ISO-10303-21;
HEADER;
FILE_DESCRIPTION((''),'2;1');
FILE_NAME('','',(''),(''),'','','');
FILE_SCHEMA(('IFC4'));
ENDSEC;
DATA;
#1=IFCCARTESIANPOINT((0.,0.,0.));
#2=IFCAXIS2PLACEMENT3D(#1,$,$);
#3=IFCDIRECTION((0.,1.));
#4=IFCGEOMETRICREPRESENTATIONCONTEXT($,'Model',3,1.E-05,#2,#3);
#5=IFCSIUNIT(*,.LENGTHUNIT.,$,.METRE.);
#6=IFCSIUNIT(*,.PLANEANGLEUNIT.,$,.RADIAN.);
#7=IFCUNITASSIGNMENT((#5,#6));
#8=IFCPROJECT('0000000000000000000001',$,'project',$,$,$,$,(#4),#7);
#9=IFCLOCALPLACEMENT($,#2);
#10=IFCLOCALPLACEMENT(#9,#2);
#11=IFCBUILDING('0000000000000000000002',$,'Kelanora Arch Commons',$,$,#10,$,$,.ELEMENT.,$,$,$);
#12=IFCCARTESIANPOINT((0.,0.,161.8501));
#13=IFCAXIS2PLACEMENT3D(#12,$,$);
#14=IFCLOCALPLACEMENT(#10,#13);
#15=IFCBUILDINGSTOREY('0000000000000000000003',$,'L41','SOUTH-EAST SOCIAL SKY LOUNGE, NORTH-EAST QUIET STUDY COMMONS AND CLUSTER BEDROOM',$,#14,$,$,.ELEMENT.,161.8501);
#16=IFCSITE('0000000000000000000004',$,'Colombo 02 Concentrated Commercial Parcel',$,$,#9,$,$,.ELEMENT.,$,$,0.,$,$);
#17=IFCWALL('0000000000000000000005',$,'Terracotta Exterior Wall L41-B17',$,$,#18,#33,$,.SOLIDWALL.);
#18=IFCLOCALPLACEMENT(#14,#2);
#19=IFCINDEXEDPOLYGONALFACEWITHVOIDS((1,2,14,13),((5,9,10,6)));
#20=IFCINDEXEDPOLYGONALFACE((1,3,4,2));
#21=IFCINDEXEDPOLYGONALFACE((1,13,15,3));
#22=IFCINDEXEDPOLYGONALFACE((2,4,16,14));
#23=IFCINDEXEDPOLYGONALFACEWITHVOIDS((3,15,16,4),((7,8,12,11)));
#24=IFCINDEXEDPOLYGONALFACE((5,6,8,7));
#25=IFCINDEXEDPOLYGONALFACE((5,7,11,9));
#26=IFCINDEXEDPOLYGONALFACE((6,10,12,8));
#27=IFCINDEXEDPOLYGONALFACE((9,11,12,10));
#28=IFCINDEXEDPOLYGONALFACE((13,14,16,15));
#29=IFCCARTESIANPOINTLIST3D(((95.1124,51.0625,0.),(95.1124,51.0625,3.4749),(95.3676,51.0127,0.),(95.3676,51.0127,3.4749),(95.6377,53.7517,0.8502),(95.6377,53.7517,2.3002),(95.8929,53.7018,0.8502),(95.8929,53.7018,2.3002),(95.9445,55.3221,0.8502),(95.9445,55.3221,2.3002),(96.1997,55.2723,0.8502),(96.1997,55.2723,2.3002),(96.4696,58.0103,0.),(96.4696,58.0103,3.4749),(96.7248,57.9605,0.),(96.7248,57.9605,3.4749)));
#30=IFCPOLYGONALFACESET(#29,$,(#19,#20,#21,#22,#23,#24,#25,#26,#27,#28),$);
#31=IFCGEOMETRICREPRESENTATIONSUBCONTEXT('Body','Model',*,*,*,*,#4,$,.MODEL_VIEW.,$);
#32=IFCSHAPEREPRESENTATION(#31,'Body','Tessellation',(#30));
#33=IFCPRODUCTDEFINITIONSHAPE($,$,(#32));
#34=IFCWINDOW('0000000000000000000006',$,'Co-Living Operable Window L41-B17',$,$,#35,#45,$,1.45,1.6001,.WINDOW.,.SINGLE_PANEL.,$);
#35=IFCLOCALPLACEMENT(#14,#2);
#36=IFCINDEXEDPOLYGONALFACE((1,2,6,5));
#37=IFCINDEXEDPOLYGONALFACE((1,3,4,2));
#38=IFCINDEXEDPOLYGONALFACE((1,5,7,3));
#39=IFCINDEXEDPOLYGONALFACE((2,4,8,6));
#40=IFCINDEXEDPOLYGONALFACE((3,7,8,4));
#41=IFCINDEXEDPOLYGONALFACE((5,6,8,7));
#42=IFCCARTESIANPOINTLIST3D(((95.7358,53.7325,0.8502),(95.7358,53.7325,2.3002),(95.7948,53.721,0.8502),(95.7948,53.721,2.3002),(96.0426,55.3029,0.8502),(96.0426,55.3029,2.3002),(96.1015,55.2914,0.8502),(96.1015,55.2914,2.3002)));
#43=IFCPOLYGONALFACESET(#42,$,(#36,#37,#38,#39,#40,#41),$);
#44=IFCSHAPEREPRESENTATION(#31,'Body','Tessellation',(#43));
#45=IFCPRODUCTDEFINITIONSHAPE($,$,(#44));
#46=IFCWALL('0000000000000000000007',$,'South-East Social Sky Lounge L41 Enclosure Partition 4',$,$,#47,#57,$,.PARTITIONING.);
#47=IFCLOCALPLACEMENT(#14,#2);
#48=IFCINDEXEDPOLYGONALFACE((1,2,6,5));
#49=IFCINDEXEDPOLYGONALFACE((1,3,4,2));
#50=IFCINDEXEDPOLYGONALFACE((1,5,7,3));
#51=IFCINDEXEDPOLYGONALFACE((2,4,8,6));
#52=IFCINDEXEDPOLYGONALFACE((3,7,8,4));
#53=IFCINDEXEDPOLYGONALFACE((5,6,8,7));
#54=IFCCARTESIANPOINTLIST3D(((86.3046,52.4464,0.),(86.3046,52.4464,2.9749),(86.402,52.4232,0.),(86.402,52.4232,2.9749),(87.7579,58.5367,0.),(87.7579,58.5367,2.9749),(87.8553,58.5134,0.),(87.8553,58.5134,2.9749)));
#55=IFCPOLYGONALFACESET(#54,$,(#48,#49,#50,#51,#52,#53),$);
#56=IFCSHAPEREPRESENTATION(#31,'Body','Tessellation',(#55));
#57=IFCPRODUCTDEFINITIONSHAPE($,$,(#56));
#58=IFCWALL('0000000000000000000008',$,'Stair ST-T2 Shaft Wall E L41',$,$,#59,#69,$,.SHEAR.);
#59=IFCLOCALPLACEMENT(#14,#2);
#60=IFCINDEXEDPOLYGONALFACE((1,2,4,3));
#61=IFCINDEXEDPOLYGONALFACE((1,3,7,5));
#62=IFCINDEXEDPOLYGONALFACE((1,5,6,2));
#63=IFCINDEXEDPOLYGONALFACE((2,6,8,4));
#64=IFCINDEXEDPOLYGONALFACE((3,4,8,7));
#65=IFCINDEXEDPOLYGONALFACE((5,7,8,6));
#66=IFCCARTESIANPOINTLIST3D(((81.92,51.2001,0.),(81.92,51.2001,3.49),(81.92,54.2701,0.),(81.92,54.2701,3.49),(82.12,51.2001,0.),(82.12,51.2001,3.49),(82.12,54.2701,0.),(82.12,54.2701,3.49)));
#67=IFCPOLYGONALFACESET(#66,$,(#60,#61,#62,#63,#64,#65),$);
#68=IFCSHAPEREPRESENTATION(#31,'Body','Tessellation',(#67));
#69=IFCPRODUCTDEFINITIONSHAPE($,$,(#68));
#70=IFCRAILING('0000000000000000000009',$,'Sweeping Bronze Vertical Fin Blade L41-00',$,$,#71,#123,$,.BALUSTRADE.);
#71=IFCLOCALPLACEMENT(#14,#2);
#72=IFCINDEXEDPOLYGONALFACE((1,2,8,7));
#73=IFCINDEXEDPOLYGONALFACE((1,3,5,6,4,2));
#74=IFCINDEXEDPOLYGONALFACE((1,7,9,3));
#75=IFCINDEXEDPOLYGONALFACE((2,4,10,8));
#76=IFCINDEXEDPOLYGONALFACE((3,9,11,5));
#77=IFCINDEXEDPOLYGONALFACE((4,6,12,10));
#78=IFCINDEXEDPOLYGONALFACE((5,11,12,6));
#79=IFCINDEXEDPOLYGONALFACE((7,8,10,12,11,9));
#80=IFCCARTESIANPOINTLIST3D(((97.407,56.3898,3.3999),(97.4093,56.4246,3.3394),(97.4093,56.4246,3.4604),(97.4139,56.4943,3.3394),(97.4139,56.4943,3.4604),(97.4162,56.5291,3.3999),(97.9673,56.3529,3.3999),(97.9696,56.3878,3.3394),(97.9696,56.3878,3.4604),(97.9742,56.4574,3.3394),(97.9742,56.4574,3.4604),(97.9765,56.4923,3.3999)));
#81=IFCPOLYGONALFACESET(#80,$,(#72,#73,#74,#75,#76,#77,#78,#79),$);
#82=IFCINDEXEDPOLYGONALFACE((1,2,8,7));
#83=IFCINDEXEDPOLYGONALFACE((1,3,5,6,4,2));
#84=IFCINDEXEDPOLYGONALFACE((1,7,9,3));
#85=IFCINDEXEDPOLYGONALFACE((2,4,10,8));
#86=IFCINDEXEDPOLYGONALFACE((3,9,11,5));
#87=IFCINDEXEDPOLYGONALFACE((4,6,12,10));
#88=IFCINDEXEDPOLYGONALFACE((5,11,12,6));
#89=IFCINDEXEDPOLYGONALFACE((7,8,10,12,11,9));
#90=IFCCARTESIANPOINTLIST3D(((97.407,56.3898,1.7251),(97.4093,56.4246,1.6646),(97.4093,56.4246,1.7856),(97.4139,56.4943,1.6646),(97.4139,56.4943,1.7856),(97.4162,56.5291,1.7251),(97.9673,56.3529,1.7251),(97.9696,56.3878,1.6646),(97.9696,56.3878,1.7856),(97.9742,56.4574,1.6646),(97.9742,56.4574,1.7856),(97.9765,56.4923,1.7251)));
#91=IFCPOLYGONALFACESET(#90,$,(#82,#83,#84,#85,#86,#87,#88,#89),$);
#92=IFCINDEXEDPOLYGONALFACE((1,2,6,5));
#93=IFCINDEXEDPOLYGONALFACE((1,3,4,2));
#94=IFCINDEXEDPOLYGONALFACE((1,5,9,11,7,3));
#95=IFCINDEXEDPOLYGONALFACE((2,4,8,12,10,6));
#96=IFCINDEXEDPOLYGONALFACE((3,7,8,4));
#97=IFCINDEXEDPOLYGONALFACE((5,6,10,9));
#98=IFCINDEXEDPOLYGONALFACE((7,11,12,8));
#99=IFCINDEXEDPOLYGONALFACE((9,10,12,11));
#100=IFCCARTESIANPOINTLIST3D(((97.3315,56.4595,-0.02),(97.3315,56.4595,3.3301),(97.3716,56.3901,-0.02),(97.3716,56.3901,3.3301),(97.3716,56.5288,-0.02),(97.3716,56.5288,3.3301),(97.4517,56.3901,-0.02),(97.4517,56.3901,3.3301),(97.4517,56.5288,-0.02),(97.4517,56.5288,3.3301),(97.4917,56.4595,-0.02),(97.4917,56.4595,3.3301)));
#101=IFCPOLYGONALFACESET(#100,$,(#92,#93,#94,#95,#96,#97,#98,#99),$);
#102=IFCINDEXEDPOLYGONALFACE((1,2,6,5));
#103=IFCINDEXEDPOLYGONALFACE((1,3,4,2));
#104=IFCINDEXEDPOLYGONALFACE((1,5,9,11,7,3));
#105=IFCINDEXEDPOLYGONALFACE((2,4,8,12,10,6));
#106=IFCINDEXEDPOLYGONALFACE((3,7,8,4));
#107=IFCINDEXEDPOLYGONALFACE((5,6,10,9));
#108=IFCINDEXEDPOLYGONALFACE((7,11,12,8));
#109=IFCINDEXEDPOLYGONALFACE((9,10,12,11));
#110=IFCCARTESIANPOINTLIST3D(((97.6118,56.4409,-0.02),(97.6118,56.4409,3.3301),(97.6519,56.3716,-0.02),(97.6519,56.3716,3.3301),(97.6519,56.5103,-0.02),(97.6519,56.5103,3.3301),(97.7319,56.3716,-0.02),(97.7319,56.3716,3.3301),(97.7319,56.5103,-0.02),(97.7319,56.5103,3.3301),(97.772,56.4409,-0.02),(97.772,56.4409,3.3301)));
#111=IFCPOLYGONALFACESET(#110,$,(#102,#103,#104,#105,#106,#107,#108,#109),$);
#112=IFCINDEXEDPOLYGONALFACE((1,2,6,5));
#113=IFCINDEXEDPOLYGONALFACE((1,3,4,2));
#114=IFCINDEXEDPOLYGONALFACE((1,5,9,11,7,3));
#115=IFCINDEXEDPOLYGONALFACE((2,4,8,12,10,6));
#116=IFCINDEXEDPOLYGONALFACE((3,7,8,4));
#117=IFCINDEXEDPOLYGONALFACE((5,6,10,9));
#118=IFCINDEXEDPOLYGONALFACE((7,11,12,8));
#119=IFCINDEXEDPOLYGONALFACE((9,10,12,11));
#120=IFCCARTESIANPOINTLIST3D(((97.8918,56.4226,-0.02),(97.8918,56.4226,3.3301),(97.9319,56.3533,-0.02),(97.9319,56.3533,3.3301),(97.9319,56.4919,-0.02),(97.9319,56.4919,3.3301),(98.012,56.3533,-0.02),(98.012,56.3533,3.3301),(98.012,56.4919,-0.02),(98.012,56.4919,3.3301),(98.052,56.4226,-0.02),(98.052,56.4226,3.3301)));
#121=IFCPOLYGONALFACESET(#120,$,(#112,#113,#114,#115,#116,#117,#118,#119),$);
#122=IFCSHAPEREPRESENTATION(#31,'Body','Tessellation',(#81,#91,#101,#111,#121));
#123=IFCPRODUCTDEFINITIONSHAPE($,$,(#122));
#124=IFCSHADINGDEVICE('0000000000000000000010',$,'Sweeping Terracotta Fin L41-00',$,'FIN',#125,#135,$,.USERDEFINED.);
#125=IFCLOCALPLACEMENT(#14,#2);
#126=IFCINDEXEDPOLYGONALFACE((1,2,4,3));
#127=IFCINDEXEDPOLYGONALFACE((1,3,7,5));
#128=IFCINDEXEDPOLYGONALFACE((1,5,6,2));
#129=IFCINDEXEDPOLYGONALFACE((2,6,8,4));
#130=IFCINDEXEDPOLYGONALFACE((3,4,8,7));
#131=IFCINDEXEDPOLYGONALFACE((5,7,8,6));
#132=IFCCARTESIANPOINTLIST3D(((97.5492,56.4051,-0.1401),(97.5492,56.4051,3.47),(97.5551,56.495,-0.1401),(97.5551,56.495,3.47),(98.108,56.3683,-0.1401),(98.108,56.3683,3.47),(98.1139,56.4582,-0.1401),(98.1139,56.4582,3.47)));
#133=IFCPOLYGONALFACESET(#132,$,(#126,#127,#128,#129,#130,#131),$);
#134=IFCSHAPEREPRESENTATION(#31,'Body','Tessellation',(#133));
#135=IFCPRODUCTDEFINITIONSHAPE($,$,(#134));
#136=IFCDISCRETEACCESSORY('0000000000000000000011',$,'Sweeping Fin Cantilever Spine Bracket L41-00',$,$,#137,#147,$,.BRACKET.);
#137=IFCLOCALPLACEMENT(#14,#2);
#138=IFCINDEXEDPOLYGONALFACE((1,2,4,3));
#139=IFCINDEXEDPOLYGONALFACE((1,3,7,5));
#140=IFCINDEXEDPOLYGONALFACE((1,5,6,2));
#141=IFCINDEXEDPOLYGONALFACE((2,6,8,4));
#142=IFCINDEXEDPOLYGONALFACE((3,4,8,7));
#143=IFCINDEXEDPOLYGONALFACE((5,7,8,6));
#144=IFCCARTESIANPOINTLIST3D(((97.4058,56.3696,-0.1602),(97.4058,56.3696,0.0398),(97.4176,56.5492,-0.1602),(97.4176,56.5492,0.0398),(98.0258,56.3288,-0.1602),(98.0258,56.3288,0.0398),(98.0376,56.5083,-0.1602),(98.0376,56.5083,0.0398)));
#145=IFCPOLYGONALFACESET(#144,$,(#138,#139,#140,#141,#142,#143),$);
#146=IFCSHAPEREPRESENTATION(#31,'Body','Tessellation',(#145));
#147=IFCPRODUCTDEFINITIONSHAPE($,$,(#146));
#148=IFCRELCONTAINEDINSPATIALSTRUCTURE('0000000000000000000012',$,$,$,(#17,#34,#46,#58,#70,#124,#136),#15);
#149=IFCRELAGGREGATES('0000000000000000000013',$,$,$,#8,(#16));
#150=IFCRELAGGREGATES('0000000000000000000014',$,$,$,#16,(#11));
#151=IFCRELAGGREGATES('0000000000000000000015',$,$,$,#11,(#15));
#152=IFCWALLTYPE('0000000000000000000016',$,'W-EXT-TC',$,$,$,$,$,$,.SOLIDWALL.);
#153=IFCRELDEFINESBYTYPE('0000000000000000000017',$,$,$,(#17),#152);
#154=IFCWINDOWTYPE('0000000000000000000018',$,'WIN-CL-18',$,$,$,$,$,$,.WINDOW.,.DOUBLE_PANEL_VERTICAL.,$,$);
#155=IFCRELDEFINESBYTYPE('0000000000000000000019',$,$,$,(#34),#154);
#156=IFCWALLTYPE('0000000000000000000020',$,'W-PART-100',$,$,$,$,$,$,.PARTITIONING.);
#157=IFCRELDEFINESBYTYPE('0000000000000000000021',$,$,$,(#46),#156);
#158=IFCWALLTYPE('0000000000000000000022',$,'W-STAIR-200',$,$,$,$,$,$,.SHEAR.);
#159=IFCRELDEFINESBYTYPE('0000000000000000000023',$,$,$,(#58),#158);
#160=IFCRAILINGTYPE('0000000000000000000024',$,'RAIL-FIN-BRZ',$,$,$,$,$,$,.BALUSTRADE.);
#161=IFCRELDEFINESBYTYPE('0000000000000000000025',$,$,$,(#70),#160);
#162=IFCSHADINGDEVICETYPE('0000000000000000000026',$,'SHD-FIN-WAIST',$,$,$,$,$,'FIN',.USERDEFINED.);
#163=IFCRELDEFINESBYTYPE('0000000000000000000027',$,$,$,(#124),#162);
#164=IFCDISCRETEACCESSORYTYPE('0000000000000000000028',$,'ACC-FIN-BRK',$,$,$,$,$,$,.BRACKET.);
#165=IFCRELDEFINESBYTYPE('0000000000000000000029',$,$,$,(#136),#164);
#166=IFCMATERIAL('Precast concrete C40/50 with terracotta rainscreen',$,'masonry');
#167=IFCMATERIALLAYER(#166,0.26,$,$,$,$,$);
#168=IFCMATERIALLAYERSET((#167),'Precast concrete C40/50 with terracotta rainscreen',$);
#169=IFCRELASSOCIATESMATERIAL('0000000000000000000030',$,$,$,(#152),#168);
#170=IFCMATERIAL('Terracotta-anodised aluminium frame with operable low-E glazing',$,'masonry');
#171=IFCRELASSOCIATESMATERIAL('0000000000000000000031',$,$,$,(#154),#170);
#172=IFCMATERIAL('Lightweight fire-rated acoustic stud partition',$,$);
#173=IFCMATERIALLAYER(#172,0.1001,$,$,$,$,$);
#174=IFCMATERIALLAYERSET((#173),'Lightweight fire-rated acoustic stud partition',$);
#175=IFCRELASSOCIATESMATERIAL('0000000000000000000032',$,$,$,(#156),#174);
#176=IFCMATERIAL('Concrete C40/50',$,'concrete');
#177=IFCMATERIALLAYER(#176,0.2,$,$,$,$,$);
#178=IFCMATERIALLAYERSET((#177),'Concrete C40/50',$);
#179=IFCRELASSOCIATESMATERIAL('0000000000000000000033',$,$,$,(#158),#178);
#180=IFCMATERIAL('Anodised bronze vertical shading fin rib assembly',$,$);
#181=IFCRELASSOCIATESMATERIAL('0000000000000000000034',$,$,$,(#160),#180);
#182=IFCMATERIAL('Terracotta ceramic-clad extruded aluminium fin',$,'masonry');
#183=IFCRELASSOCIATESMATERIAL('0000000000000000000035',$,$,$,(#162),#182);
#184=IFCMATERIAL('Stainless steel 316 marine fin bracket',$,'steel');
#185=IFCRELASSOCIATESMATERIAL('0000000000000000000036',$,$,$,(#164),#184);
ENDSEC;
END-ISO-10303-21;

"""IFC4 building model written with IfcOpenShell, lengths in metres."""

from ifc_helpers import new_model, si_unit, direction, frame, frame_2d, origin, origin_2d, place, context, subcontext, project, spatial, polyline, rectangle, outline, extrude, source, transform, mapped, material, layer, layer_set, type_object, element, fill, save


model = new_model("IFC4")

# Units and contexts
model_context = context("Model", 3, precision=1e-05, world=origin(), true_north=direction((0.0, 1.0)))
body_context = subcontext(model_context, "Body", "Model", "MODEL_VIEW")
ifc_project = project(units=[si_unit("LENGTHUNIT", "METRE"), si_unit("PLANEANGLEUNIT", "RADIAN")], contexts=[model_context])

# Site, building, storey
site_placement = place(None, origin())
site = spatial("IfcSite", under=ifc_project, at=site_placement, Name="Colombo 02 Concentrated Commercial Parcel", CompositionType="ELEMENT", RefElevation=0.0)
building_placement = place(site_placement, origin())
building = spatial("IfcBuilding", under=site, at=building_placement, Name="Kelanora Arch Commons", CompositionType="ELEMENT")
storey_placement = place(building_placement, frame((0.0, 0.0, 161.8501)))
storey = spatial("IfcBuildingStorey", under=building, at=storey_placement, Name="L41", Description="SOUTH-EAST SOCIAL SKY LOUNGE, NORTH-EAST QUIET STUDY COMMONS AND CLUSTER BEDROOM", CompositionType="ELEMENT", Elevation=161.8501)

# Wall, opening, window
ifc_material_1 = material(Name="Precast concrete C40/50 with terracotta rainscreen", Category="masonry")
ifc_layer_1 = layer(ifc_material_1, 0.26)
ifc_layer_set_1 = layer_set([ifc_layer_1], Name="Precast concrete C40/50 with terracotta rainscreen")
wall_type_1 = type_object("IfcWallType", Name="W-EXT-TC", PredefinedType="SOLIDWALL", material=ifc_layer_set_1)
wall_1_placement = place(storey_placement, frame((95.24, 51.0376, 0.0), z_axis=(0.0, 0.0, 1.0), x_axis=(0.191717, 0.98145, 0.0)))
wall_1 = element("IfcWall", 1, at=wall_1_placement, inside=storey, type_object=wall_type_1, Name="Terracotta Exterior Wall L41-B17", PredefinedType="SOLIDWALL", context=body_context, shape_type="SweptSolid", body=[
    extrude(rectangle(XDim=7.0791, YDim=0.26, at=frame_2d((3.5396, 0.0))), origin(), (0.0, 0.0, 1.0), 3.4749),
])
opening_placement = place(wall_1_placement, frame((2.74, 0.0, 0.8501)))
opening = element("IfcOpeningElement", 2, at=opening_placement, cuts=wall_1, PredefinedType="OPENING", context=body_context, shape_type="SweptSolid", body=[
    extrude(rectangle(XDim=1.6001, YDim=1.45, at=frame_2d((0.8, 0.7251))), frame((0.0, 0.1401, 0.0), z_axis=(0.0, -1.0, 0.0), x_axis=(1.0, 0.0, 0.0)), (0.0, 0.0, 1.0), 0.28),
])
ifc_material_2 = material(Name="Terracotta-anodised aluminium frame with operable low-E glazing", Category="masonry")
window_type = type_object("IfcWindowType", Name="WIN-CL-18", PartitioningType="DOUBLE_PANEL_VERTICAL", PredefinedType="WINDOW", material=ifc_material_2)
window_placement = place(opening_placement, origin())
window = element("IfcWindow", 3, at=window_placement, inside=storey, type_object=window_type, Name="Co-Living Operable Window L41-B17", OverallHeight=1.45, OverallWidth=1.6001, PartitioningType="SINGLE_PANEL", PredefinedType="WINDOW", context=body_context, shape_type="SweptSolid", body=[
    extrude(rectangle(XDim=1.6001, YDim=1.45, at=frame_2d((0.8, 0.7251))), frame((0.0, 0.03, 0.0), z_axis=(0.0, -1.0, 0.0), x_axis=(1.0, 0.0, 0.0)), (0.0, 0.0, 1.0), 0.0601),
])
fill(opening, window)

# Walls
ifc_material_3 = material(Name="Lightweight fire-rated acoustic stud partition")
ifc_layer_2 = layer(ifc_material_3, 0.1001)
ifc_layer_set_2 = layer_set([ifc_layer_2], Name="Lightweight fire-rated acoustic stud partition")
wall_type_2 = type_object("IfcWallType", Name="W-PART-100", PredefinedType="PARTITIONING", material=ifc_layer_set_2)
wall_2_placement = place(storey_placement, frame((86.3533, 52.4348, 0.0), z_axis=(0.0, 0.0, 1.0), x_axis=(0.232118, 0.972688, 0.0)))
element("IfcWall", 4, at=wall_2_placement, inside=storey, type_object=wall_type_2, Name="South-East Social Sky Lounge L41 Enclosure Partition 4", PredefinedType="PARTITIONING", context=body_context, shape_type="SweptSolid", body=[
    extrude(rectangle(XDim=6.2612, YDim=0.1001, at=frame_2d((3.1306, 0.0))), origin(), (0.0, 0.0, 1.0), 2.9749),
])
ifc_material_4 = material(Name="Concrete C40/50", Category="concrete")
ifc_layer_3 = layer(ifc_material_4, 0.2)
ifc_layer_set_3 = layer_set([ifc_layer_3], Name="Concrete C40/50")
wall_type_3 = type_object("IfcWallType", Name="W-STAIR-200", PredefinedType="SHEAR", material=ifc_layer_set_3)
wall_3_placement = place(storey_placement, frame((82.02, 51.2, 0.0), z_axis=(0.0, 0.0, 1.0), x_axis=(0.0, 1.0, 0.0)))
element("IfcWall", 5, at=wall_3_placement, inside=storey, type_object=wall_type_3, Name="Stair ST-T2 Shaft Wall E L41", PredefinedType="SHEAR", context=body_context, shape_type="SweptSolid", body=[
    extrude(rectangle(XDim=3.0701, YDim=0.2, at=frame_2d((1.5352, 0.0))), origin(), (0.0, 0.0, 1.0), 3.49),
])

# Railing
ifc_material_5 = material(Name="Anodised bronze vertical shading fin rib assembly")
railing_type_1 = type_object("IfcRailingType", Name="RAIL-FIN-BRZ", PredefinedType="BALUSTRADE", material=ifc_material_5)
railing_1_placement = place(storey_placement, frame((97.4116, 56.4595, -0.02)))
element("IfcRailing", 6, at=railing_1_placement, inside=storey, type_object=railing_type_1, Name="Sweeping Bronze Vertical Fin Blade L41-00", PredefinedType="BALUSTRADE", context=body_context, shape_type="SweptSolid", body=[
    extrude(outline(polyline([(0.0698, 0.0), (0.0349, 0.0605), (-0.0349, 0.0605), (-0.0698, 0.0), (-0.0349, -0.0605), (0.0349, -0.0605), (0.0698, 0.0)])), frame((0.0, 0.0, 3.4199), z_axis=(0.997842, -0.065653, 0.0), x_axis=(0.065653, 0.997842, 0.0)), (0.0, 0.0, 1.0), 0.5615),
    extrude(outline(polyline([(0.0698, 0.0), (0.0349, 0.0605), (-0.0349, 0.0605), (-0.0698, 0.0), (-0.0349, -0.0605), (0.0349, -0.0605), (0.0698, 0.0)])), frame((0.0, 0.0, 1.7451), z_axis=(0.997842, -0.065653, 0.0), x_axis=(0.065653, 0.997842, 0.0)), (0.0, 0.0, 1.0), 0.5615),
    extrude(outline(polyline([(0.0801, 0.0), (0.04, 0.0693), (-0.04, 0.0693), (-0.0801, 0.0), (-0.04, -0.0693), (0.04, -0.0693), (0.0801, 0.0)])), origin(), (0.0, 0.0, 1.0), 3.3501),
    extrude(outline(polyline([(0.0801, 0.0), (0.04, 0.0693), (-0.04, 0.0693), (-0.0801, 0.0), (-0.04, -0.0693), (0.04, -0.0693), (0.0801, 0.0)])), frame((0.2803, -0.0186, 0.0)), (0.0, 0.0, 1.0), 3.3501),
    extrude(outline(polyline([(0.0801, 0.0), (0.04, 0.0693), (-0.04, 0.0693), (-0.0801, 0.0), (-0.04, -0.0693), (0.04, -0.0693), (0.0801, 0.0)])), frame((0.5603, -0.0369, 0.0)), (0.0, 0.0, 1.0), 3.3501),
])

# Shading device
ifc_material_6 = material(Name="Terracotta ceramic-clad extruded aluminium fin", Category="masonry")
shading_device_type = type_object("IfcShadingDeviceType", Name="SHD-FIN-WAIST", ElementType="FIN", PredefinedType="USERDEFINED", material=ifc_material_6)
shared_shape_1 = source(origin(), body_context, "Body", "SweptSolid", [
    extrude(rectangle(XDim=0.5601, YDim=0.0901, at=origin_2d()), origin(), (0.0, 0.0, 1.0), 3.6101),
])
shading_device_placement = place(storey_placement, frame((97.8315, 56.4316, -0.1401), z_axis=(0.0, 0.0, 1.0), x_axis=(0.997836, -0.065751, 0.0)))
element("IfcShadingDevice", 7, at=shading_device_placement, inside=storey, type_object=shading_device_type, Name="Sweeping Terracotta Fin L41-00", ObjectType="FIN", PredefinedType="USERDEFINED", context=body_context, shape_type="MappedRepresentation", body=[
    mapped(shared_shape_1, transform((0.0, 0.0, 0.0), scale=1.0)),
])

# Discrete accessory
ifc_material_7 = material(Name="Stainless steel 316 marine fin bracket", Category="steel")
discrete_accessory_type = type_object("IfcDiscreteAccessoryType", Name="ACC-FIN-BRK", PredefinedType="BRACKET", material=ifc_material_7)
shared_shape_2 = source(origin(), body_context, "Body", "SweptSolid", [
    extrude(rectangle(XDim=0.6213, YDim=0.1799, at=origin_2d()), origin(), (0.0, 0.0, 1.0), 0.2),
])
discrete_accessory_placement = place(storey_placement, frame((97.7217, 56.439, -0.1602), z_axis=(0.0, 0.0, 1.0), x_axis=(0.997836, -0.065751, 0.0)))
element("IfcDiscreteAccessory", 8, at=discrete_accessory_placement, inside=storey, type_object=discrete_accessory_type, Name="Sweeping Fin Cantilever Spine Bracket L41-00", PredefinedType="BRACKET", context=body_context, shape_type="MappedRepresentation", body=[
    mapped(shared_shape_2, transform((0.0, 0.0, 0.0), scale=1.0)),
])

save(model, "model.ifc")
